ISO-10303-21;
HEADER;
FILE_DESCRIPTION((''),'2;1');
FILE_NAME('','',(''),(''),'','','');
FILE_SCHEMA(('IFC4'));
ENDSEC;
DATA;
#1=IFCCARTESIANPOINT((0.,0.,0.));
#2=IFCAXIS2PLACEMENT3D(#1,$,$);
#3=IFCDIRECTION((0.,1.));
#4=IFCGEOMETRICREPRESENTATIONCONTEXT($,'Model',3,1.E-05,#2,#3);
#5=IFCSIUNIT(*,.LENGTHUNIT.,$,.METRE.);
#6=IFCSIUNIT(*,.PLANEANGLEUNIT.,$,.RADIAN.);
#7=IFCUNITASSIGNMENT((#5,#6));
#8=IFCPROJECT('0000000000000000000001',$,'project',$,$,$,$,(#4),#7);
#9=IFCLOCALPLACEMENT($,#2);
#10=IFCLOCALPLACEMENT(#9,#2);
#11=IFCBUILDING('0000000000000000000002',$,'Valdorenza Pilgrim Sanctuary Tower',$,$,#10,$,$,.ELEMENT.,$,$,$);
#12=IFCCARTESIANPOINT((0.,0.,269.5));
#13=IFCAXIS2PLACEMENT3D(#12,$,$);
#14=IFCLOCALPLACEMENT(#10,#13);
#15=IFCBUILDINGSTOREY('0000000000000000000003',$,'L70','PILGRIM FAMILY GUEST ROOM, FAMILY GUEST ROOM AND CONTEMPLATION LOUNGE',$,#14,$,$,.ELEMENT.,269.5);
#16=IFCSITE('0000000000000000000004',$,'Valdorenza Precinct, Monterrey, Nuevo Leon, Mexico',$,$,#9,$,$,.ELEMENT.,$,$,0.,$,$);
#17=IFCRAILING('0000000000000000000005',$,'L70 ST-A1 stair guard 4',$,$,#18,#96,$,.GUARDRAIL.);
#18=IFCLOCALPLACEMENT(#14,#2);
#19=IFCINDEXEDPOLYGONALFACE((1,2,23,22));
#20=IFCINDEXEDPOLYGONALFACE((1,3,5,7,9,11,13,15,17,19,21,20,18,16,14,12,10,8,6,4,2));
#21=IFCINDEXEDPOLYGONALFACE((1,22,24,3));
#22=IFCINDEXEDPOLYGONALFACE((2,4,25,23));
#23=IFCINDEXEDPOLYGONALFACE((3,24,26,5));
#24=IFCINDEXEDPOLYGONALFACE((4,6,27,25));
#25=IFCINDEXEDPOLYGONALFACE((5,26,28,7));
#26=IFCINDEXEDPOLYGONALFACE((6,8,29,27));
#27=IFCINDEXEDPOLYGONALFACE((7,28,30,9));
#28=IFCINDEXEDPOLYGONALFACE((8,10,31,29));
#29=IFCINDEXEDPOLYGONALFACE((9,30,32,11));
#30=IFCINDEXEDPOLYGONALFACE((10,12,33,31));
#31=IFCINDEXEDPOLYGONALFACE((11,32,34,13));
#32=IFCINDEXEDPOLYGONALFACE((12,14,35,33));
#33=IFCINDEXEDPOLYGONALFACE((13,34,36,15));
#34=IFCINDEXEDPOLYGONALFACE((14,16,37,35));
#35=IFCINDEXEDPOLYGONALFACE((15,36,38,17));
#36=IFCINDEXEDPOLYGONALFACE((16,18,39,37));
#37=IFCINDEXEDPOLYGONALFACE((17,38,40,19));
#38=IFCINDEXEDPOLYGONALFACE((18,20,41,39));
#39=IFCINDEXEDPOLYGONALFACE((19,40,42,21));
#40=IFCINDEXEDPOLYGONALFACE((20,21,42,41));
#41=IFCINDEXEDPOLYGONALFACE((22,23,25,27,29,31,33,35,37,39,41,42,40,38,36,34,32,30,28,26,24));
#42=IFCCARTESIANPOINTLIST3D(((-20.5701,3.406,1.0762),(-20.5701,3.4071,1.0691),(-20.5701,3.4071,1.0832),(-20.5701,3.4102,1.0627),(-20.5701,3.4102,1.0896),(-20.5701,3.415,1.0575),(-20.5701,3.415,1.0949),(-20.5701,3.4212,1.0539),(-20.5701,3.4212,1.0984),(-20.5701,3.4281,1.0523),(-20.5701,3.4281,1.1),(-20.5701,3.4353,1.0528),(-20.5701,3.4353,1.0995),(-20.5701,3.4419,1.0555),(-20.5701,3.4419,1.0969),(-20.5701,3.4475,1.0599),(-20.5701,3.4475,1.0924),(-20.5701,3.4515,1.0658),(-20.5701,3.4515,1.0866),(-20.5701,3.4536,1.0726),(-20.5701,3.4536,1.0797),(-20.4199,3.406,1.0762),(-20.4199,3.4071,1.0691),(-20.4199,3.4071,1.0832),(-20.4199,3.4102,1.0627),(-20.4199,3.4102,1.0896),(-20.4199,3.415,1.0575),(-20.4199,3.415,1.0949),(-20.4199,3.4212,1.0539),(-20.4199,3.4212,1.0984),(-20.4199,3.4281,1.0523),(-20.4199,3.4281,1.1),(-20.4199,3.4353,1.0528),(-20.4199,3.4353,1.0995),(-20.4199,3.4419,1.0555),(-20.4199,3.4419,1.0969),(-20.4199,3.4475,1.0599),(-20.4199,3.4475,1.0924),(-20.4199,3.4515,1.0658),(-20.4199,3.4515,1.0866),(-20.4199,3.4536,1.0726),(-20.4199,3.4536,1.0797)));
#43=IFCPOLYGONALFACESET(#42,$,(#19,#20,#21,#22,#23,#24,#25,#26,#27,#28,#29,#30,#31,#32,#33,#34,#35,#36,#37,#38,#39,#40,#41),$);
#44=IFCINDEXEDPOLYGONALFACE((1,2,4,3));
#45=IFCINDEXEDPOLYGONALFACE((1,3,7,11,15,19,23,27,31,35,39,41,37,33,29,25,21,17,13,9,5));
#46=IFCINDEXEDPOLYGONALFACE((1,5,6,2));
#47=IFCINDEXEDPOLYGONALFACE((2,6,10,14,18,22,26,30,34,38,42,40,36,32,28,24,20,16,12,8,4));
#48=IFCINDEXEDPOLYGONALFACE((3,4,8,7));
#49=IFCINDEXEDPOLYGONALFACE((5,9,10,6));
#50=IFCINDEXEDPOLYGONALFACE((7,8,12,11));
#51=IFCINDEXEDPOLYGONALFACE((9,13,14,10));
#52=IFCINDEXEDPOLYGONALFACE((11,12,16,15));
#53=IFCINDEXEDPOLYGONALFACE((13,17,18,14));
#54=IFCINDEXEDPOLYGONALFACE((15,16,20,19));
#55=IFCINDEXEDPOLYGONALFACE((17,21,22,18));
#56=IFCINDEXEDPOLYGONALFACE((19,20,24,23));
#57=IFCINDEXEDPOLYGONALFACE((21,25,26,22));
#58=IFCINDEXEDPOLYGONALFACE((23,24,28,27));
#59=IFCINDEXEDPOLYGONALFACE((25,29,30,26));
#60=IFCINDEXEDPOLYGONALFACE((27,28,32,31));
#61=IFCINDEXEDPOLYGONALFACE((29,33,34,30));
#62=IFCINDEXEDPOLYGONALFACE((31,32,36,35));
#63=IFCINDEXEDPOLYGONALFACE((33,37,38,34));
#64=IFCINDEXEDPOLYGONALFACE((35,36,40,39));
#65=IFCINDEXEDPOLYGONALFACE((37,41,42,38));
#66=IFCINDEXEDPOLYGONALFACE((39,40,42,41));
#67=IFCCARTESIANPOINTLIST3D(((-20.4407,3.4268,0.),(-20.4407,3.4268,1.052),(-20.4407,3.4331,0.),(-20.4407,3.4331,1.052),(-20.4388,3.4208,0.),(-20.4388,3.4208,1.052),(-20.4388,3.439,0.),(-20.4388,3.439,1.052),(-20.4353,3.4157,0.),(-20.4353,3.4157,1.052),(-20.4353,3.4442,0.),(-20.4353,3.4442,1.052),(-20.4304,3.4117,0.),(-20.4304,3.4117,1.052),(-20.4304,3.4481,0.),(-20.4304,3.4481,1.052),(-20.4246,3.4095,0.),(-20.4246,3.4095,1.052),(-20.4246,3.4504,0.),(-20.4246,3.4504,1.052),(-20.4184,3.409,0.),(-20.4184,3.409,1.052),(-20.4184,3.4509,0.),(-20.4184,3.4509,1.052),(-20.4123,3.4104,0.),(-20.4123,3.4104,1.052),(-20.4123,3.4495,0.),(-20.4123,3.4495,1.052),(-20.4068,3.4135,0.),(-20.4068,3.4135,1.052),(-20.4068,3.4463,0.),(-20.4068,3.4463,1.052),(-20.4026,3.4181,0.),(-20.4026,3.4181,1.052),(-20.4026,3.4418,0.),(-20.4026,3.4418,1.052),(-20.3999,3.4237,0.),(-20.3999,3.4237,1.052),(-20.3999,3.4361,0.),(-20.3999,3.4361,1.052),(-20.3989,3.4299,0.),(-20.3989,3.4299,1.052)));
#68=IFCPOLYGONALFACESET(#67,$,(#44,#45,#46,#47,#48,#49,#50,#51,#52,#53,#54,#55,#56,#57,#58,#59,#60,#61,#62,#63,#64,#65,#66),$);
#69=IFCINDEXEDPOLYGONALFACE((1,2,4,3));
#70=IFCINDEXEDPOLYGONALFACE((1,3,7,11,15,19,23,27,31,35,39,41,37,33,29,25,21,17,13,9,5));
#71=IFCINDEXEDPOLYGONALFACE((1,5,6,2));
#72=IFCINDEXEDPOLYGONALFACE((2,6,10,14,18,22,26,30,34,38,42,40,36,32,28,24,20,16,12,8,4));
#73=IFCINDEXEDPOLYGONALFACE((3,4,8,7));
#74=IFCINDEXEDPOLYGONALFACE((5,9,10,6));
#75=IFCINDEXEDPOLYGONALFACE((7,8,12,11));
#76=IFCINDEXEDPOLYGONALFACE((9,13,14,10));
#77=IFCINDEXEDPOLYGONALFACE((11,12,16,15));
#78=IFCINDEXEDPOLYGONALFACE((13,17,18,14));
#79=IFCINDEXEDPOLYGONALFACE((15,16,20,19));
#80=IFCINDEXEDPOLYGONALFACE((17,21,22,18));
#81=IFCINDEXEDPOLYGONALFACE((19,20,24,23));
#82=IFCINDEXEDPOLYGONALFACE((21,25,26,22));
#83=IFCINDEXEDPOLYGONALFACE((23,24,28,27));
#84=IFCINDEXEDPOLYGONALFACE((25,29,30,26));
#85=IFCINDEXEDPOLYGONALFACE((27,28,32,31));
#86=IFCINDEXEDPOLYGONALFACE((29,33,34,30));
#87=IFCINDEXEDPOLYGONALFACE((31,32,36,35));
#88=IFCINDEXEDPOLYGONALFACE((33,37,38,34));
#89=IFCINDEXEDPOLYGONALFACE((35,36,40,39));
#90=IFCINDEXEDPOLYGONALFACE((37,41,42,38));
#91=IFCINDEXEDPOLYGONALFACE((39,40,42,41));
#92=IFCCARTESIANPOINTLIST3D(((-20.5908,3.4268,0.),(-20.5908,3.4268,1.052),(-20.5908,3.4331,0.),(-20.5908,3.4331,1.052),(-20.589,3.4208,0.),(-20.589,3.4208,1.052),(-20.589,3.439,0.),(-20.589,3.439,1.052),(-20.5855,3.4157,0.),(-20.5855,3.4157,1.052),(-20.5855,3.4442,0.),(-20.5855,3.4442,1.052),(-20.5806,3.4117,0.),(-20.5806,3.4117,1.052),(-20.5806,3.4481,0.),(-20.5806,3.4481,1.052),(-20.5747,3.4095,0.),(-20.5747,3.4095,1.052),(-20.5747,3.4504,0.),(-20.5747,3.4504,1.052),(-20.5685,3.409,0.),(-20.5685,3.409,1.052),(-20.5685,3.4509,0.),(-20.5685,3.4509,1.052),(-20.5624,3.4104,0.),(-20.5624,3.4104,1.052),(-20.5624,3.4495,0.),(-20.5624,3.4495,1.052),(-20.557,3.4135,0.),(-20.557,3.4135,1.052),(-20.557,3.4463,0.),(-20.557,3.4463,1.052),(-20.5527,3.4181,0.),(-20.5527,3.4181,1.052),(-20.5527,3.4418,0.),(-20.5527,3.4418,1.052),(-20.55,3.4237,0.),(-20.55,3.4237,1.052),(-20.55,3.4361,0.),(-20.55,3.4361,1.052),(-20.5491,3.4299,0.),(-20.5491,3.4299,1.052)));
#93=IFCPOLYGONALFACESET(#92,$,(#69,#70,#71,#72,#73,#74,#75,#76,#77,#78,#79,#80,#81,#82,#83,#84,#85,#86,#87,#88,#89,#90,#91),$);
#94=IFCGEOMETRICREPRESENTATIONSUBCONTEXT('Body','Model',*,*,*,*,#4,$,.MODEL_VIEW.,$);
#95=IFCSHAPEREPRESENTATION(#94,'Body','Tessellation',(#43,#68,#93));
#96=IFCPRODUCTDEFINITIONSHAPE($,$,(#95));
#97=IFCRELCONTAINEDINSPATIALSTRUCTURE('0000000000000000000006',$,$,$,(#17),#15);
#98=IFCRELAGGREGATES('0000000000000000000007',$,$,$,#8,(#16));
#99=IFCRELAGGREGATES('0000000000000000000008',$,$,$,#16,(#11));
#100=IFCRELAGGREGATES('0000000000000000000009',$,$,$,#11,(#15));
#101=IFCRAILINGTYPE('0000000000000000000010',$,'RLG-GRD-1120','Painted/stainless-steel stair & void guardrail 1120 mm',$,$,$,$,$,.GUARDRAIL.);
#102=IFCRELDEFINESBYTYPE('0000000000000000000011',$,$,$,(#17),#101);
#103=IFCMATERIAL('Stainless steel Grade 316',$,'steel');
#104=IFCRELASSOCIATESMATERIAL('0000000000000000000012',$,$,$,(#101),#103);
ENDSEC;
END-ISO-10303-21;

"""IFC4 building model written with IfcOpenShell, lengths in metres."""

from ifc_helpers import new_model, si_unit, direction, frame, origin, origin_2d, place, context, subcontext, project, spatial, circle, extrude, material, type_object, element, save


model = new_model("IFC4")

# Units and contexts
model_context = context("Model", 3, precision=1e-05, world=origin(), true_north=direction((0.0, 1.0)))
body_context = subcontext(model_context, "Body", "Model", "MODEL_VIEW")
ifc_project = project(units=[si_unit("LENGTHUNIT", "METRE"), si_unit("PLANEANGLEUNIT", "RADIAN")], contexts=[model_context])

# Site, building, storey
site_placement = place(None, origin())
site = spatial("IfcSite", under=ifc_project, at=site_placement, Name="Valdorenza Precinct, Monterrey, Nuevo Leon, Mexico", CompositionType="ELEMENT", RefElevation=0.0)
building_placement = place(site_placement, origin())
building = spatial("IfcBuilding", under=site, at=building_placement, Name="Valdorenza Pilgrim Sanctuary Tower", CompositionType="ELEMENT")
storey_placement = place(building_placement, frame((0.0, 0.0, 269.5)))
storey = spatial("IfcBuildingStorey", under=building, at=storey_placement, Name="L70", Description="PILGRIM FAMILY GUEST ROOM, FAMILY GUEST ROOM AND CONTEMPLATION LOUNGE", CompositionType="ELEMENT", Elevation=269.5)

# Railing
ifc_material_1 = material(Name="Stainless steel Grade 316", Category="steel")
railing_type_1 = type_object("IfcRailingType", Name="RLG-GRD-1120", Description="Painted/stainless-steel stair & void guardrail 1120 mm", PredefinedType="GUARDRAIL", material=ifc_material_1)
railing_1_placement = place(storey_placement, frame((-20.4199, 3.4299, 0.0)))
element("IfcRailing", 1, at=railing_1_placement, inside=storey, type_object=railing_type_1, Name="L70 ST-A1 stair guard 4", PredefinedType="GUARDRAIL", context=body_context, shape_type="SweptSolid", body=[
    extrude(circle(Radius=0.0239, at=origin_2d()), frame((0.0, 0.0, 1.0762), z_axis=(-1.0, 0.0, 0.0), x_axis=(0.0, -1.0, 0.0)), (0.0, 0.0, 1.0), 0.1501),
    extrude(circle(Radius=0.021, at=origin_2d()), origin(), (0.0, 0.0, 1.0), 1.052),
    extrude(circle(Radius=0.021, at=origin_2d()), frame((-0.1501, 0.0, 0.0)), (0.0, 0.0, 1.0), 1.052),
])

save(model, "model.ifc")
